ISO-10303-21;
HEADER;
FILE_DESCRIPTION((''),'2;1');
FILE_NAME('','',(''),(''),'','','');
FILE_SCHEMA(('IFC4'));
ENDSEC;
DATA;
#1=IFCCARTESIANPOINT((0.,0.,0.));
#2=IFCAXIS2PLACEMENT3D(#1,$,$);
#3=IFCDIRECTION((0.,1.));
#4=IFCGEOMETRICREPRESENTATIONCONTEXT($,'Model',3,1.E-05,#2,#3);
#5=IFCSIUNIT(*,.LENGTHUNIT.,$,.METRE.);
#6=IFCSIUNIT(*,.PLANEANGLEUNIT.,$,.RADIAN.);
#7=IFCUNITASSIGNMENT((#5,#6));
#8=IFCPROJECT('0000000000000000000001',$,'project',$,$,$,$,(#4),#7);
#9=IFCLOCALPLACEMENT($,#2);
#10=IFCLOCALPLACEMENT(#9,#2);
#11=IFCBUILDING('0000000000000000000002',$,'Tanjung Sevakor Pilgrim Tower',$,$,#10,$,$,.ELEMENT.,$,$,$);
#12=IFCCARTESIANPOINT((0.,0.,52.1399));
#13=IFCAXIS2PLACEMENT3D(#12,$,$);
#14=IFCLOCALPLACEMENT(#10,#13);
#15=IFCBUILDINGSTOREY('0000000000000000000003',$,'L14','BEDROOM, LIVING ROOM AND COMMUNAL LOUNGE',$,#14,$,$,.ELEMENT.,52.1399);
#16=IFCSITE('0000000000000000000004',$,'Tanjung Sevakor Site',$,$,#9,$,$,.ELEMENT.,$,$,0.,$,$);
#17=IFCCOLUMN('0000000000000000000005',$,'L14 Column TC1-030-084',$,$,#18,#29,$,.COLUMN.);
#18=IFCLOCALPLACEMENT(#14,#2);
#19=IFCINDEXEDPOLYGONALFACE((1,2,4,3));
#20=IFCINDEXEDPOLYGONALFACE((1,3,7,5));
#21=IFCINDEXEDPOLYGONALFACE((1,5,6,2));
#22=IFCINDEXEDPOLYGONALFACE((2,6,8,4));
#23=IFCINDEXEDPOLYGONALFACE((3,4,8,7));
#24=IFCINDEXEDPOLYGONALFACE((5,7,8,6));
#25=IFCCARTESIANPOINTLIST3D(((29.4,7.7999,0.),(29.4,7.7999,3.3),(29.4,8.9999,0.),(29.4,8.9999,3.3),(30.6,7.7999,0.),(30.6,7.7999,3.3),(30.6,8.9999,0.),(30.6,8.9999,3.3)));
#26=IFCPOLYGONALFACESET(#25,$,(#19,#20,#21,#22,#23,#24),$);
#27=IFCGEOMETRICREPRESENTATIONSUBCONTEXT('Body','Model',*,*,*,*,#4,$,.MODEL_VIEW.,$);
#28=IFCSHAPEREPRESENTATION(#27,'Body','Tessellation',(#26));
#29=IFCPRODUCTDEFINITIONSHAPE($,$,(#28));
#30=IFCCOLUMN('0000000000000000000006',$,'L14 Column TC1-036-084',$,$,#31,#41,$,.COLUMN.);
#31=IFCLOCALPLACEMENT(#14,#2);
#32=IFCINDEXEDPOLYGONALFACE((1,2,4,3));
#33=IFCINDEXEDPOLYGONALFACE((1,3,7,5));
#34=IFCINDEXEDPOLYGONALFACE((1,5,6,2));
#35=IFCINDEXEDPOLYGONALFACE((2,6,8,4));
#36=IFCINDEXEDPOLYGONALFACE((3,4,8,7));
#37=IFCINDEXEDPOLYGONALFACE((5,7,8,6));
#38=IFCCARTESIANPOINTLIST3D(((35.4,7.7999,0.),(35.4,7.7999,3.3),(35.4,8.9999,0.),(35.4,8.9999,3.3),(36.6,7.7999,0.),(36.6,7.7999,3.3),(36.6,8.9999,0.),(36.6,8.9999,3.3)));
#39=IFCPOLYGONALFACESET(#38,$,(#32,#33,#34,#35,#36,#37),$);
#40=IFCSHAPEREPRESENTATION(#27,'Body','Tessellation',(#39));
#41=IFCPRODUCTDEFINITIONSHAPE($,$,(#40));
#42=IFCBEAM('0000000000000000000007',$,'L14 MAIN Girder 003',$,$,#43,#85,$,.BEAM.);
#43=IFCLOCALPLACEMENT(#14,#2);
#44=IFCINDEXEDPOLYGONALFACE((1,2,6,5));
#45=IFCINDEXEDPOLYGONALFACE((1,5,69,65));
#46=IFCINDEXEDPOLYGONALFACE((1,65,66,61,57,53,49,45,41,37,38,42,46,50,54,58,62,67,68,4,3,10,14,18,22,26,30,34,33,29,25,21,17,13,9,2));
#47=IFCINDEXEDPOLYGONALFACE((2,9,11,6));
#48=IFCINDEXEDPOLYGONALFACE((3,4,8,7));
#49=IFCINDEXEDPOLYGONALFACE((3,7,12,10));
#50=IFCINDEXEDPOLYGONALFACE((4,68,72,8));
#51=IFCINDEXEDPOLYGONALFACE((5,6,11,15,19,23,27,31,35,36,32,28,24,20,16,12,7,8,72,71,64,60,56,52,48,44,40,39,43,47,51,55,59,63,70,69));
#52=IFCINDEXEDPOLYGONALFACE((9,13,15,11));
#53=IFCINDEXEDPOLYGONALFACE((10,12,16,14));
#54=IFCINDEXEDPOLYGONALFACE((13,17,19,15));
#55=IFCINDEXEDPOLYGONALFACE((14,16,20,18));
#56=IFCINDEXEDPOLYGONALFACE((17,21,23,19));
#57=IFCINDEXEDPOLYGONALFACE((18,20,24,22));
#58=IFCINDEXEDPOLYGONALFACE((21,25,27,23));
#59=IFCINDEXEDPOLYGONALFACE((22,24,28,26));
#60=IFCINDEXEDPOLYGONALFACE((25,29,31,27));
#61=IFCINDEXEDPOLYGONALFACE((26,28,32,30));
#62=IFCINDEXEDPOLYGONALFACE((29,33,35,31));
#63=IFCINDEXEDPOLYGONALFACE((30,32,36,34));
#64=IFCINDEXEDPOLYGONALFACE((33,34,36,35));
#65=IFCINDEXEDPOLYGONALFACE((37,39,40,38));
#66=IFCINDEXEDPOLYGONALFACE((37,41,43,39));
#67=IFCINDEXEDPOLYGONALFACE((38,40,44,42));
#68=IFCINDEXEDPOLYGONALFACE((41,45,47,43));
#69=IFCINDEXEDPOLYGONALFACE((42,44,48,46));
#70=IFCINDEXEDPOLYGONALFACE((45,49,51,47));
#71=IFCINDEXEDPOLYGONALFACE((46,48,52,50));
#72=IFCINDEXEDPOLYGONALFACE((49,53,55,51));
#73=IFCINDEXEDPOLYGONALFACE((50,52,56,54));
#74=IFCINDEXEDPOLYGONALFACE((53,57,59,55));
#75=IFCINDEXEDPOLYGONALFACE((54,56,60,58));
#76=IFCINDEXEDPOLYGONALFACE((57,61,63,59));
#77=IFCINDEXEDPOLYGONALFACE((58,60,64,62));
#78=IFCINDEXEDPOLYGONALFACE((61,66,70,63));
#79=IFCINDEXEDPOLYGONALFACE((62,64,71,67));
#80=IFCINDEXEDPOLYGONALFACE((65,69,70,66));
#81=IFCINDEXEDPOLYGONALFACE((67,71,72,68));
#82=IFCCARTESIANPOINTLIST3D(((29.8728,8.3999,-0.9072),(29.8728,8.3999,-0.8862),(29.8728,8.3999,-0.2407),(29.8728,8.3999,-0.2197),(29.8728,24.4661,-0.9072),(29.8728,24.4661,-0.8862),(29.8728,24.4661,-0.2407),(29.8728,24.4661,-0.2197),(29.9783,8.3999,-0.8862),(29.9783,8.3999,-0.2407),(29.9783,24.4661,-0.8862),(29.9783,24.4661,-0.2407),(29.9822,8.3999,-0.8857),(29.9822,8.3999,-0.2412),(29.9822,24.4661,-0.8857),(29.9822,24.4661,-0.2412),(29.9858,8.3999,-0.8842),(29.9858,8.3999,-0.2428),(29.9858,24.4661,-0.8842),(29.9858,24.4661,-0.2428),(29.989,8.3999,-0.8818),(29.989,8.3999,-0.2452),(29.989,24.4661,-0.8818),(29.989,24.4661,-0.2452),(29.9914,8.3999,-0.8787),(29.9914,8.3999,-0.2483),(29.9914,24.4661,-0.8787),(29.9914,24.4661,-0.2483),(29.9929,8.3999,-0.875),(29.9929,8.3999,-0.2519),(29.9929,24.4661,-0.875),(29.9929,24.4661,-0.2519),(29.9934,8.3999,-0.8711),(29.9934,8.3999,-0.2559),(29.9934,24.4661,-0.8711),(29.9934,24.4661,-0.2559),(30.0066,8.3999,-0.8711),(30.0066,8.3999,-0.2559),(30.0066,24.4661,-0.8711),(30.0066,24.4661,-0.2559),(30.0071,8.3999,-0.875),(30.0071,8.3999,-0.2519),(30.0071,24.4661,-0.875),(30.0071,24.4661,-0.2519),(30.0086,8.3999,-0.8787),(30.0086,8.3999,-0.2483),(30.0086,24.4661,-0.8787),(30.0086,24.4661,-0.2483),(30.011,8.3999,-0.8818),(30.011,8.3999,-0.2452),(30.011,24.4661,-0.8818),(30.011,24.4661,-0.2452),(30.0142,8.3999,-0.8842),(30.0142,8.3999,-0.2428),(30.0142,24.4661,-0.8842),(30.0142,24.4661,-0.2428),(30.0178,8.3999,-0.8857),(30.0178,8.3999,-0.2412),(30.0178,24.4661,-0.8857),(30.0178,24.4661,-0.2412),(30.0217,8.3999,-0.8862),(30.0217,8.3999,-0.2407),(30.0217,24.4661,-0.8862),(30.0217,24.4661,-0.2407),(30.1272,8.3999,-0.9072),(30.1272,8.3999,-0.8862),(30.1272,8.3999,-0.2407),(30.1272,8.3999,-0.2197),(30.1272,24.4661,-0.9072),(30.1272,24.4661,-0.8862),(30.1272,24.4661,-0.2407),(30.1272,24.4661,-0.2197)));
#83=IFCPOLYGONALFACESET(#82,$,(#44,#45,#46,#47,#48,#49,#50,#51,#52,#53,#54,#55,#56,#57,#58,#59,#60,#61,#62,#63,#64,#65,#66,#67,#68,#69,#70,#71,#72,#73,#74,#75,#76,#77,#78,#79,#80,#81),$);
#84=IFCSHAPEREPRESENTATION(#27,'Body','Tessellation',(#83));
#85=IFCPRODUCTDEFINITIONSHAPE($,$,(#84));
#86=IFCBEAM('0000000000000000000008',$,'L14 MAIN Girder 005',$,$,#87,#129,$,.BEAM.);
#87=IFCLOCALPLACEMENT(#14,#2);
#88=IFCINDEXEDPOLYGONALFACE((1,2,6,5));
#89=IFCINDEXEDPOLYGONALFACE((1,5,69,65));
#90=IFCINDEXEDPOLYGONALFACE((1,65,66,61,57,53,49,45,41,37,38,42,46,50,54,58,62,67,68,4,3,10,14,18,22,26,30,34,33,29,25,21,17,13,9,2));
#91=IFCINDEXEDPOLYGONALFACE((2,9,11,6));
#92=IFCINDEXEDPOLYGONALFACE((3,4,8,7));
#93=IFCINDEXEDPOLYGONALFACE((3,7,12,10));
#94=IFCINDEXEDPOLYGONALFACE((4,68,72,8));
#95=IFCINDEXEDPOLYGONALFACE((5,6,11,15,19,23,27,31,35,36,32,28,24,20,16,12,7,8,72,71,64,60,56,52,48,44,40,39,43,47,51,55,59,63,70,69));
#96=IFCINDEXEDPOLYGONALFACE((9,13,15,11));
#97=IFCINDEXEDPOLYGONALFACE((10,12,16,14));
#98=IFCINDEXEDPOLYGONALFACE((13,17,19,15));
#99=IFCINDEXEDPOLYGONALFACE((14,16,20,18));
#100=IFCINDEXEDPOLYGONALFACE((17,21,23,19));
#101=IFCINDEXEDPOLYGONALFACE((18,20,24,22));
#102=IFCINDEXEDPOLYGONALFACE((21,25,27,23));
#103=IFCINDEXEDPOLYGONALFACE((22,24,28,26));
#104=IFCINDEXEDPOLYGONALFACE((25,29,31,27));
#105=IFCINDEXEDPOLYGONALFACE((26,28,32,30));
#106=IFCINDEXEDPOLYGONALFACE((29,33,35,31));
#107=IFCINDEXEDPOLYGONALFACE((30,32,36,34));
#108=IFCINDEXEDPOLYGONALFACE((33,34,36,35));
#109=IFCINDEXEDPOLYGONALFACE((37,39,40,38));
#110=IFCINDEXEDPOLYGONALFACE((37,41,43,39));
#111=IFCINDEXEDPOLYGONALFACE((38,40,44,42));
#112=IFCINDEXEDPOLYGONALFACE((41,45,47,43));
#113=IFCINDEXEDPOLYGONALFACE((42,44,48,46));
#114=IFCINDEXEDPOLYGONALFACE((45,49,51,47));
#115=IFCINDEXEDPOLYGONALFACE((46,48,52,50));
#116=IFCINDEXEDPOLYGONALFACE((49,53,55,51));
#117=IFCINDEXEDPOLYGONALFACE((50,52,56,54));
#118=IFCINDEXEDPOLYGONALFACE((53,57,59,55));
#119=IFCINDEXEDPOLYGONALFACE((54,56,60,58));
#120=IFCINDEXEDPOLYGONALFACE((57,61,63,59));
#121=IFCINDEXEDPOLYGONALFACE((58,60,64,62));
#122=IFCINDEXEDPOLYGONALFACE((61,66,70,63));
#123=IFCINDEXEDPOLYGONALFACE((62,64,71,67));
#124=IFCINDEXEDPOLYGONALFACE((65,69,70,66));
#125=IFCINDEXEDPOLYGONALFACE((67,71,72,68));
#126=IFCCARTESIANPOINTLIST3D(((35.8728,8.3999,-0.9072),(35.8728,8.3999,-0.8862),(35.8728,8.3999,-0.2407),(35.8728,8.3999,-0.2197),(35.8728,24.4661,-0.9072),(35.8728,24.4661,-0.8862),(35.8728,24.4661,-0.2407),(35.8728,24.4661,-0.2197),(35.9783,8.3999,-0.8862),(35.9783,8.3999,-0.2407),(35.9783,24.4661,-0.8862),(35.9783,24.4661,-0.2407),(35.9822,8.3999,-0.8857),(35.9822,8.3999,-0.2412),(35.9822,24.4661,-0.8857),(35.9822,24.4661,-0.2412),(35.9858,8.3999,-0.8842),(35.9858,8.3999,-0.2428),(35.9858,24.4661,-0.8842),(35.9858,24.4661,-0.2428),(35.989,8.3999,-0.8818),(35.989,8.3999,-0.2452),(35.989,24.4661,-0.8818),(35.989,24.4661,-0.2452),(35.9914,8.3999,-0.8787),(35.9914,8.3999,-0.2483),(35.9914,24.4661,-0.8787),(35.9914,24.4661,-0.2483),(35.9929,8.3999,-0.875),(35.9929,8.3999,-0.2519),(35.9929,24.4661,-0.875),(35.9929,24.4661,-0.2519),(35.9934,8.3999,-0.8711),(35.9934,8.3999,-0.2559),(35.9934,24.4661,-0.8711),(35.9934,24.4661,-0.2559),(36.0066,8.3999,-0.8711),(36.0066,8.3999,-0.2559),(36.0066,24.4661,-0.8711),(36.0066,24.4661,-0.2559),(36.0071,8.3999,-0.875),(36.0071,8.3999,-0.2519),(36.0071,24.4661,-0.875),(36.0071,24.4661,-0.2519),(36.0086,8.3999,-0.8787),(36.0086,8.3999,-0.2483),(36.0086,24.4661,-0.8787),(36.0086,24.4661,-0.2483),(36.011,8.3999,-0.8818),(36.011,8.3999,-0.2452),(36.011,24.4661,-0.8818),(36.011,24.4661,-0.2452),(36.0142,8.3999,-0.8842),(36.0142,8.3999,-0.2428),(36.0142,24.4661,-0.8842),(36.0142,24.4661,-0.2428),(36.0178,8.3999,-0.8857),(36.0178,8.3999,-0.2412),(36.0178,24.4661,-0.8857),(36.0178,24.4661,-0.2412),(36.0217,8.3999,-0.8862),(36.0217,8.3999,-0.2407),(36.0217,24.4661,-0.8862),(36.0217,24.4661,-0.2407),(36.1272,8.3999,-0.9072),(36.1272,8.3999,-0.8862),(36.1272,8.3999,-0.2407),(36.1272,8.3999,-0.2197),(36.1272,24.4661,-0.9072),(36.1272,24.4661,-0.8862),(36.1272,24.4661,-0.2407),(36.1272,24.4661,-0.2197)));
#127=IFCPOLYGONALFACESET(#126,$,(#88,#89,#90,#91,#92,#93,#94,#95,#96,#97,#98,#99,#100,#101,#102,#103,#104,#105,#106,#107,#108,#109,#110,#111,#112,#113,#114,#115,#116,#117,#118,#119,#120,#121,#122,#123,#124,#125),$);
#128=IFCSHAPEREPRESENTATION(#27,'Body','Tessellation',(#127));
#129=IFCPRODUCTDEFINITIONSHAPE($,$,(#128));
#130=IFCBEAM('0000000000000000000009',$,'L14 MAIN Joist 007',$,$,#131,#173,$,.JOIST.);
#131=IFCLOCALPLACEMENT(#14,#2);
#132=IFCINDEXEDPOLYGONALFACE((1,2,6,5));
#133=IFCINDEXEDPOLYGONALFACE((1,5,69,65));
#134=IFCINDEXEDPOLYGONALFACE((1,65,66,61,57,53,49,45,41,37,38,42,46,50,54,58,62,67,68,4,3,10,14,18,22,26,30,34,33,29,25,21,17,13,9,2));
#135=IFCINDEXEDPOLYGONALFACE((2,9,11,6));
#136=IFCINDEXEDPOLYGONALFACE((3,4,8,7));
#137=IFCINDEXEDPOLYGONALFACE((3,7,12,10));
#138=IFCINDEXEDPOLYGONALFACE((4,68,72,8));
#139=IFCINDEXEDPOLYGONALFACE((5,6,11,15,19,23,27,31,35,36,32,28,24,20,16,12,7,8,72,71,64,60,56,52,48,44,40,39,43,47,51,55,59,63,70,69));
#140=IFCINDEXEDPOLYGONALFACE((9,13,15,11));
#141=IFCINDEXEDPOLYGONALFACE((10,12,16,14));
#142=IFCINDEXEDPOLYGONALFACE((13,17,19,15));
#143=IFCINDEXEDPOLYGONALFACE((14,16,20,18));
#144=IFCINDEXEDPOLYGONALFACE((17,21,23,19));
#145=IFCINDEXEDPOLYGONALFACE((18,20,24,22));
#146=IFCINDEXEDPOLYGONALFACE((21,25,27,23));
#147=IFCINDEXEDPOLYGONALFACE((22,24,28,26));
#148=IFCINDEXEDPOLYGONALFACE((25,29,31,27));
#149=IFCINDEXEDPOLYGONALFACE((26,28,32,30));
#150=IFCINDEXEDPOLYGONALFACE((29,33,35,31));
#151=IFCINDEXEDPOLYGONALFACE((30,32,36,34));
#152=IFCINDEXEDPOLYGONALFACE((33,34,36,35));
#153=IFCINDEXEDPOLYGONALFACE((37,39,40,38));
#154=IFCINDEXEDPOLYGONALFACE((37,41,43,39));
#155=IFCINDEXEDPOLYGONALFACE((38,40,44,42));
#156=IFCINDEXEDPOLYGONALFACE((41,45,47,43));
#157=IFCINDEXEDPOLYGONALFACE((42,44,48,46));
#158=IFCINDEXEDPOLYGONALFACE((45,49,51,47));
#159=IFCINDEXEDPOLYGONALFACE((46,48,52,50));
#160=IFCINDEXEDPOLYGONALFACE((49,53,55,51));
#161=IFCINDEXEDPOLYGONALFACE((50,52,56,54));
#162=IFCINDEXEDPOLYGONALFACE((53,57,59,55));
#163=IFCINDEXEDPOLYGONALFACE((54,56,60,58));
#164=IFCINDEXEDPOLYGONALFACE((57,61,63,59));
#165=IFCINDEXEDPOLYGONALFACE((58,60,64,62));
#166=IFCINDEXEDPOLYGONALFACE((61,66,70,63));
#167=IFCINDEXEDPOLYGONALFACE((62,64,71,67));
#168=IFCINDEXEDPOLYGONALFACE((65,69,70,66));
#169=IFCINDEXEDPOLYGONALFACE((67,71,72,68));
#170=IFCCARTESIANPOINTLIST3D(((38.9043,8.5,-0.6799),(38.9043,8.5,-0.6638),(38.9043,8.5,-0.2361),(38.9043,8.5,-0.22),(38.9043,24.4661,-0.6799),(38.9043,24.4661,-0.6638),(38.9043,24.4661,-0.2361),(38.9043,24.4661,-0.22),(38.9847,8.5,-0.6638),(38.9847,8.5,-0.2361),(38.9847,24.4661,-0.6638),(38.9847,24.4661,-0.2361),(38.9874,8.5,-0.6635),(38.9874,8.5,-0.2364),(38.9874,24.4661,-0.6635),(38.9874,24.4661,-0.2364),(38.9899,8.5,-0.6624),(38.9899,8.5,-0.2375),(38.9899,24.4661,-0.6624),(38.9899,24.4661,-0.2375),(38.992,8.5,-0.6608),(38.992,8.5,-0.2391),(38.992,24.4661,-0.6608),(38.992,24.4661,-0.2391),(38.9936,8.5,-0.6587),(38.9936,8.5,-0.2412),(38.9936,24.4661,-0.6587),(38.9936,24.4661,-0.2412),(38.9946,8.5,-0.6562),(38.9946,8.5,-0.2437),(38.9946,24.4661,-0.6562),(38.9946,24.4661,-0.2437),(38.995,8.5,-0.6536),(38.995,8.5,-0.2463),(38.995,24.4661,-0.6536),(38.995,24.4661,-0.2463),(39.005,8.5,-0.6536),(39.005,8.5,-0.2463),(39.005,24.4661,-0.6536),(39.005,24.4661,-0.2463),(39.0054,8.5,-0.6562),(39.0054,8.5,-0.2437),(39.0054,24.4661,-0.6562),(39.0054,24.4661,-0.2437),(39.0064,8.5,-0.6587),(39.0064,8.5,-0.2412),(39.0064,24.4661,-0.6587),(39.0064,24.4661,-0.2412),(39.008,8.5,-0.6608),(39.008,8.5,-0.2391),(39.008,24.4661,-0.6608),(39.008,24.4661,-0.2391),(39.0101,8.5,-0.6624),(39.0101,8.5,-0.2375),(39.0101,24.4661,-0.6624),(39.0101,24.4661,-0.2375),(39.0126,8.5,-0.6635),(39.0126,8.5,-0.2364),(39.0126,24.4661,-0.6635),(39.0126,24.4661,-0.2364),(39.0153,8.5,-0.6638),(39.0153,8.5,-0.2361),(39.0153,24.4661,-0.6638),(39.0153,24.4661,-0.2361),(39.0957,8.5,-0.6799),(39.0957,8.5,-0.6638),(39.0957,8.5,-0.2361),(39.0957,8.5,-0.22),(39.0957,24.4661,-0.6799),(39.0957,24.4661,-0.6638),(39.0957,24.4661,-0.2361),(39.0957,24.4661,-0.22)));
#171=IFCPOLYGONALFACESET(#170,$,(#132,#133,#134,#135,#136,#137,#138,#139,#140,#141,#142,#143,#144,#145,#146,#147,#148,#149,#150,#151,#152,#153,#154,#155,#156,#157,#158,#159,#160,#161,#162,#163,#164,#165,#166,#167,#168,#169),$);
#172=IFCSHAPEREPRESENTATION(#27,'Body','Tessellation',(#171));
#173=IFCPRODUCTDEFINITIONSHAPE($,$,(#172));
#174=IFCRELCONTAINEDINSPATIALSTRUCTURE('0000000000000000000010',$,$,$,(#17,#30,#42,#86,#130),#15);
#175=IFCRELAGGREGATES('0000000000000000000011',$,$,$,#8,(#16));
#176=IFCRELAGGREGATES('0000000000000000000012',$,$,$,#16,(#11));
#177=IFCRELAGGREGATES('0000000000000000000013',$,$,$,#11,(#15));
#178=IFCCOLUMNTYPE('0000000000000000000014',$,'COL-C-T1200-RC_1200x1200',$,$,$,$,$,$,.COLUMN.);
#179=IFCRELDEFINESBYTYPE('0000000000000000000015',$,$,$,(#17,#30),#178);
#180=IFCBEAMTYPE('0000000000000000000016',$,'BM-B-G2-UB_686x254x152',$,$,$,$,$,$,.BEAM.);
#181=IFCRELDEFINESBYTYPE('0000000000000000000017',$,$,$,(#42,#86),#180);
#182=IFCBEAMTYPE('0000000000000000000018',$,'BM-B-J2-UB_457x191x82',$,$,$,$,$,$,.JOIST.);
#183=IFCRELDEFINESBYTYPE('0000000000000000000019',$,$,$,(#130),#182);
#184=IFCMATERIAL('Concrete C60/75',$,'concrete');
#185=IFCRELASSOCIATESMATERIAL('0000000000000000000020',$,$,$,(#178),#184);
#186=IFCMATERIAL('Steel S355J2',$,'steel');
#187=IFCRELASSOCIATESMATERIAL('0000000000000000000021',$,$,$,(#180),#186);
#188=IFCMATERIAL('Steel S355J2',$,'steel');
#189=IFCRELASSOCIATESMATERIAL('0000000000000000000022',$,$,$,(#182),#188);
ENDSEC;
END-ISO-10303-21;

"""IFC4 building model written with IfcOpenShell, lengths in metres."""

from ifc_helpers import new_model, si_unit, direction, frame, origin, origin_2d, place, context, subcontext, project, spatial, rectangle, i_section, extrude, material, material_profile, profile_set, type_object, element, save


model = new_model("IFC4")

# Units and contexts
model_context = context("Model", 3, precision=1e-05, world=origin(), true_north=direction((0.0, 1.0)))
body_context = subcontext(model_context, "Body", "Model", "MODEL_VIEW")
ifc_project = project(units=[si_unit("LENGTHUNIT", "METRE"), si_unit("PLANEANGLEUNIT", "RADIAN")], contexts=[model_context])

# Site, building, storey
site_placement = place(None, origin())
site = spatial("IfcSite", under=ifc_project, at=site_placement, Name="Tanjung Sevakor Site", CompositionType="ELEMENT", RefElevation=0.0)
building_placement = place(site_placement, origin())
building = spatial("IfcBuilding", under=site, at=building_placement, Name="Tanjung Sevakor Pilgrim Tower", CompositionType="ELEMENT")
storey_placement = place(building_placement, frame((0.0, 0.0, 52.1399)))
storey = spatial("IfcBuildingStorey", under=building, at=storey_placement, Name="L14", Description="BEDROOM, LIVING ROOM AND COMMUNAL LOUNGE", CompositionType="ELEMENT", Elevation=52.1399)

# Columns
ifc_material_1 = material(Name="Concrete C60/75", Category="concrete")
ifc_material_profile_1 = material_profile(ifc_material_1, rectangle(XDim=1.2, YDim=1.2, at=origin_2d()))
ifc_profile_set_1 = profile_set([ifc_material_profile_1], Name="Concrete C60/75")
column_type = type_object("IfcColumnType", Name="COL-C-T1200-RC_1200x1200", PredefinedType="COLUMN", material=ifc_profile_set_1)
for number, where, z_axis, x_axis, name in (
    (1, (30.0, 8.3999, 0.0), (0.0, 0.0, 1.0), (1.0, 0.0, 0.0), "L14 Column TC1-030-084"),
    (2, (36.0, 8.3999, 0.0), (0.0, 0.0, 1.0), (1.0, 0.0, 0.0), "L14 Column TC1-036-084"),
):
    element("IfcColumn", number, at=place(storey_placement, frame(where, z_axis=z_axis, x_axis=x_axis)), inside=storey, type_object=column_type, Name=name, PredefinedType="COLUMN", context=body_context, shape_type="SweptSolid", body=[
        extrude(rectangle(XDim=1.2, YDim=1.2, at=origin_2d()), origin(), (0.0, 0.0, 1.0), 3.3),
    ])

# Beams
ifc_material_2 = material(Name="Steel S355J2", Category="steel")
ifc_material_profile_2 = material_profile(ifc_material_2, i_section(OverallWidth=0.2544, OverallDepth=0.6875, WebThickness=0.0132, FlangeThickness=0.021, FilletRadius=0.0151, at=origin_2d()))
ifc_profile_set_2 = profile_set([ifc_material_profile_2], Name="Steel S355J2")
beam_type_1 = type_object("IfcBeamType", Name="BM-B-G2-UB_686x254x152", PredefinedType="BEAM", material=ifc_profile_set_2)
for number, where, z_axis, x_axis, name in (
    (3, (30.0, 8.3999, -0.5635), (0.0, 1.0, 0.0), (-1.0, 0.0, 0.0), "L14 MAIN Girder 003"),
    (4, (36.0, 8.3999, -0.5635), (0.0, 1.0, 0.0), (-1.0, 0.0, 0.0), "L14 MAIN Girder 005"),
):
    element("IfcBeam", number, at=place(storey_placement, frame(where, z_axis=z_axis, x_axis=x_axis)), inside=storey, type_object=beam_type_1, Name=name, PredefinedType="BEAM", context=body_context, shape_type="SweptSolid", body=[
        extrude(i_section(OverallWidth=0.2544, OverallDepth=0.6875, WebThickness=0.0132, FlangeThickness=0.021, FilletRadius=0.0151, at=origin_2d()), origin(), (0.0, 0.0, 1.0), 16.0662),
    ])
ifc_material_3 = material(Name="Steel S355J2", Category="steel")
ifc_material_profile_3 = material_profile(ifc_material_3, i_section(OverallWidth=0.1914, OverallDepth=0.46, WebThickness=0.01, FlangeThickness=0.0161, FilletRadius=0.0103, at=origin_2d()))
ifc_profile_set_3 = profile_set([ifc_material_profile_3], Name="Steel S355J2")
beam_type_2 = type_object("IfcBeamType", Name="BM-B-J2-UB_457x191x82", PredefinedType="JOIST", material=ifc_profile_set_3)
beam_1_placement = place(storey_placement, frame((39.0, 8.5, -0.45), z_axis=(0.0, 1.0, 0.0), x_axis=(-1.0, 0.0, 0.0)))
element("IfcBeam", 5, at=beam_1_placement, inside=storey, type_object=beam_type_2, Name="L14 MAIN Joist 007", PredefinedType="JOIST", context=body_context, shape_type="SweptSolid", body=[
    extrude(i_section(OverallWidth=0.1914, OverallDepth=0.46, WebThickness=0.01, FlangeThickness=0.0161, FilletRadius=0.0103, at=origin_2d()), origin(), (0.0, 0.0, 1.0), 15.9661),
])

save(model, "model.ifc")
